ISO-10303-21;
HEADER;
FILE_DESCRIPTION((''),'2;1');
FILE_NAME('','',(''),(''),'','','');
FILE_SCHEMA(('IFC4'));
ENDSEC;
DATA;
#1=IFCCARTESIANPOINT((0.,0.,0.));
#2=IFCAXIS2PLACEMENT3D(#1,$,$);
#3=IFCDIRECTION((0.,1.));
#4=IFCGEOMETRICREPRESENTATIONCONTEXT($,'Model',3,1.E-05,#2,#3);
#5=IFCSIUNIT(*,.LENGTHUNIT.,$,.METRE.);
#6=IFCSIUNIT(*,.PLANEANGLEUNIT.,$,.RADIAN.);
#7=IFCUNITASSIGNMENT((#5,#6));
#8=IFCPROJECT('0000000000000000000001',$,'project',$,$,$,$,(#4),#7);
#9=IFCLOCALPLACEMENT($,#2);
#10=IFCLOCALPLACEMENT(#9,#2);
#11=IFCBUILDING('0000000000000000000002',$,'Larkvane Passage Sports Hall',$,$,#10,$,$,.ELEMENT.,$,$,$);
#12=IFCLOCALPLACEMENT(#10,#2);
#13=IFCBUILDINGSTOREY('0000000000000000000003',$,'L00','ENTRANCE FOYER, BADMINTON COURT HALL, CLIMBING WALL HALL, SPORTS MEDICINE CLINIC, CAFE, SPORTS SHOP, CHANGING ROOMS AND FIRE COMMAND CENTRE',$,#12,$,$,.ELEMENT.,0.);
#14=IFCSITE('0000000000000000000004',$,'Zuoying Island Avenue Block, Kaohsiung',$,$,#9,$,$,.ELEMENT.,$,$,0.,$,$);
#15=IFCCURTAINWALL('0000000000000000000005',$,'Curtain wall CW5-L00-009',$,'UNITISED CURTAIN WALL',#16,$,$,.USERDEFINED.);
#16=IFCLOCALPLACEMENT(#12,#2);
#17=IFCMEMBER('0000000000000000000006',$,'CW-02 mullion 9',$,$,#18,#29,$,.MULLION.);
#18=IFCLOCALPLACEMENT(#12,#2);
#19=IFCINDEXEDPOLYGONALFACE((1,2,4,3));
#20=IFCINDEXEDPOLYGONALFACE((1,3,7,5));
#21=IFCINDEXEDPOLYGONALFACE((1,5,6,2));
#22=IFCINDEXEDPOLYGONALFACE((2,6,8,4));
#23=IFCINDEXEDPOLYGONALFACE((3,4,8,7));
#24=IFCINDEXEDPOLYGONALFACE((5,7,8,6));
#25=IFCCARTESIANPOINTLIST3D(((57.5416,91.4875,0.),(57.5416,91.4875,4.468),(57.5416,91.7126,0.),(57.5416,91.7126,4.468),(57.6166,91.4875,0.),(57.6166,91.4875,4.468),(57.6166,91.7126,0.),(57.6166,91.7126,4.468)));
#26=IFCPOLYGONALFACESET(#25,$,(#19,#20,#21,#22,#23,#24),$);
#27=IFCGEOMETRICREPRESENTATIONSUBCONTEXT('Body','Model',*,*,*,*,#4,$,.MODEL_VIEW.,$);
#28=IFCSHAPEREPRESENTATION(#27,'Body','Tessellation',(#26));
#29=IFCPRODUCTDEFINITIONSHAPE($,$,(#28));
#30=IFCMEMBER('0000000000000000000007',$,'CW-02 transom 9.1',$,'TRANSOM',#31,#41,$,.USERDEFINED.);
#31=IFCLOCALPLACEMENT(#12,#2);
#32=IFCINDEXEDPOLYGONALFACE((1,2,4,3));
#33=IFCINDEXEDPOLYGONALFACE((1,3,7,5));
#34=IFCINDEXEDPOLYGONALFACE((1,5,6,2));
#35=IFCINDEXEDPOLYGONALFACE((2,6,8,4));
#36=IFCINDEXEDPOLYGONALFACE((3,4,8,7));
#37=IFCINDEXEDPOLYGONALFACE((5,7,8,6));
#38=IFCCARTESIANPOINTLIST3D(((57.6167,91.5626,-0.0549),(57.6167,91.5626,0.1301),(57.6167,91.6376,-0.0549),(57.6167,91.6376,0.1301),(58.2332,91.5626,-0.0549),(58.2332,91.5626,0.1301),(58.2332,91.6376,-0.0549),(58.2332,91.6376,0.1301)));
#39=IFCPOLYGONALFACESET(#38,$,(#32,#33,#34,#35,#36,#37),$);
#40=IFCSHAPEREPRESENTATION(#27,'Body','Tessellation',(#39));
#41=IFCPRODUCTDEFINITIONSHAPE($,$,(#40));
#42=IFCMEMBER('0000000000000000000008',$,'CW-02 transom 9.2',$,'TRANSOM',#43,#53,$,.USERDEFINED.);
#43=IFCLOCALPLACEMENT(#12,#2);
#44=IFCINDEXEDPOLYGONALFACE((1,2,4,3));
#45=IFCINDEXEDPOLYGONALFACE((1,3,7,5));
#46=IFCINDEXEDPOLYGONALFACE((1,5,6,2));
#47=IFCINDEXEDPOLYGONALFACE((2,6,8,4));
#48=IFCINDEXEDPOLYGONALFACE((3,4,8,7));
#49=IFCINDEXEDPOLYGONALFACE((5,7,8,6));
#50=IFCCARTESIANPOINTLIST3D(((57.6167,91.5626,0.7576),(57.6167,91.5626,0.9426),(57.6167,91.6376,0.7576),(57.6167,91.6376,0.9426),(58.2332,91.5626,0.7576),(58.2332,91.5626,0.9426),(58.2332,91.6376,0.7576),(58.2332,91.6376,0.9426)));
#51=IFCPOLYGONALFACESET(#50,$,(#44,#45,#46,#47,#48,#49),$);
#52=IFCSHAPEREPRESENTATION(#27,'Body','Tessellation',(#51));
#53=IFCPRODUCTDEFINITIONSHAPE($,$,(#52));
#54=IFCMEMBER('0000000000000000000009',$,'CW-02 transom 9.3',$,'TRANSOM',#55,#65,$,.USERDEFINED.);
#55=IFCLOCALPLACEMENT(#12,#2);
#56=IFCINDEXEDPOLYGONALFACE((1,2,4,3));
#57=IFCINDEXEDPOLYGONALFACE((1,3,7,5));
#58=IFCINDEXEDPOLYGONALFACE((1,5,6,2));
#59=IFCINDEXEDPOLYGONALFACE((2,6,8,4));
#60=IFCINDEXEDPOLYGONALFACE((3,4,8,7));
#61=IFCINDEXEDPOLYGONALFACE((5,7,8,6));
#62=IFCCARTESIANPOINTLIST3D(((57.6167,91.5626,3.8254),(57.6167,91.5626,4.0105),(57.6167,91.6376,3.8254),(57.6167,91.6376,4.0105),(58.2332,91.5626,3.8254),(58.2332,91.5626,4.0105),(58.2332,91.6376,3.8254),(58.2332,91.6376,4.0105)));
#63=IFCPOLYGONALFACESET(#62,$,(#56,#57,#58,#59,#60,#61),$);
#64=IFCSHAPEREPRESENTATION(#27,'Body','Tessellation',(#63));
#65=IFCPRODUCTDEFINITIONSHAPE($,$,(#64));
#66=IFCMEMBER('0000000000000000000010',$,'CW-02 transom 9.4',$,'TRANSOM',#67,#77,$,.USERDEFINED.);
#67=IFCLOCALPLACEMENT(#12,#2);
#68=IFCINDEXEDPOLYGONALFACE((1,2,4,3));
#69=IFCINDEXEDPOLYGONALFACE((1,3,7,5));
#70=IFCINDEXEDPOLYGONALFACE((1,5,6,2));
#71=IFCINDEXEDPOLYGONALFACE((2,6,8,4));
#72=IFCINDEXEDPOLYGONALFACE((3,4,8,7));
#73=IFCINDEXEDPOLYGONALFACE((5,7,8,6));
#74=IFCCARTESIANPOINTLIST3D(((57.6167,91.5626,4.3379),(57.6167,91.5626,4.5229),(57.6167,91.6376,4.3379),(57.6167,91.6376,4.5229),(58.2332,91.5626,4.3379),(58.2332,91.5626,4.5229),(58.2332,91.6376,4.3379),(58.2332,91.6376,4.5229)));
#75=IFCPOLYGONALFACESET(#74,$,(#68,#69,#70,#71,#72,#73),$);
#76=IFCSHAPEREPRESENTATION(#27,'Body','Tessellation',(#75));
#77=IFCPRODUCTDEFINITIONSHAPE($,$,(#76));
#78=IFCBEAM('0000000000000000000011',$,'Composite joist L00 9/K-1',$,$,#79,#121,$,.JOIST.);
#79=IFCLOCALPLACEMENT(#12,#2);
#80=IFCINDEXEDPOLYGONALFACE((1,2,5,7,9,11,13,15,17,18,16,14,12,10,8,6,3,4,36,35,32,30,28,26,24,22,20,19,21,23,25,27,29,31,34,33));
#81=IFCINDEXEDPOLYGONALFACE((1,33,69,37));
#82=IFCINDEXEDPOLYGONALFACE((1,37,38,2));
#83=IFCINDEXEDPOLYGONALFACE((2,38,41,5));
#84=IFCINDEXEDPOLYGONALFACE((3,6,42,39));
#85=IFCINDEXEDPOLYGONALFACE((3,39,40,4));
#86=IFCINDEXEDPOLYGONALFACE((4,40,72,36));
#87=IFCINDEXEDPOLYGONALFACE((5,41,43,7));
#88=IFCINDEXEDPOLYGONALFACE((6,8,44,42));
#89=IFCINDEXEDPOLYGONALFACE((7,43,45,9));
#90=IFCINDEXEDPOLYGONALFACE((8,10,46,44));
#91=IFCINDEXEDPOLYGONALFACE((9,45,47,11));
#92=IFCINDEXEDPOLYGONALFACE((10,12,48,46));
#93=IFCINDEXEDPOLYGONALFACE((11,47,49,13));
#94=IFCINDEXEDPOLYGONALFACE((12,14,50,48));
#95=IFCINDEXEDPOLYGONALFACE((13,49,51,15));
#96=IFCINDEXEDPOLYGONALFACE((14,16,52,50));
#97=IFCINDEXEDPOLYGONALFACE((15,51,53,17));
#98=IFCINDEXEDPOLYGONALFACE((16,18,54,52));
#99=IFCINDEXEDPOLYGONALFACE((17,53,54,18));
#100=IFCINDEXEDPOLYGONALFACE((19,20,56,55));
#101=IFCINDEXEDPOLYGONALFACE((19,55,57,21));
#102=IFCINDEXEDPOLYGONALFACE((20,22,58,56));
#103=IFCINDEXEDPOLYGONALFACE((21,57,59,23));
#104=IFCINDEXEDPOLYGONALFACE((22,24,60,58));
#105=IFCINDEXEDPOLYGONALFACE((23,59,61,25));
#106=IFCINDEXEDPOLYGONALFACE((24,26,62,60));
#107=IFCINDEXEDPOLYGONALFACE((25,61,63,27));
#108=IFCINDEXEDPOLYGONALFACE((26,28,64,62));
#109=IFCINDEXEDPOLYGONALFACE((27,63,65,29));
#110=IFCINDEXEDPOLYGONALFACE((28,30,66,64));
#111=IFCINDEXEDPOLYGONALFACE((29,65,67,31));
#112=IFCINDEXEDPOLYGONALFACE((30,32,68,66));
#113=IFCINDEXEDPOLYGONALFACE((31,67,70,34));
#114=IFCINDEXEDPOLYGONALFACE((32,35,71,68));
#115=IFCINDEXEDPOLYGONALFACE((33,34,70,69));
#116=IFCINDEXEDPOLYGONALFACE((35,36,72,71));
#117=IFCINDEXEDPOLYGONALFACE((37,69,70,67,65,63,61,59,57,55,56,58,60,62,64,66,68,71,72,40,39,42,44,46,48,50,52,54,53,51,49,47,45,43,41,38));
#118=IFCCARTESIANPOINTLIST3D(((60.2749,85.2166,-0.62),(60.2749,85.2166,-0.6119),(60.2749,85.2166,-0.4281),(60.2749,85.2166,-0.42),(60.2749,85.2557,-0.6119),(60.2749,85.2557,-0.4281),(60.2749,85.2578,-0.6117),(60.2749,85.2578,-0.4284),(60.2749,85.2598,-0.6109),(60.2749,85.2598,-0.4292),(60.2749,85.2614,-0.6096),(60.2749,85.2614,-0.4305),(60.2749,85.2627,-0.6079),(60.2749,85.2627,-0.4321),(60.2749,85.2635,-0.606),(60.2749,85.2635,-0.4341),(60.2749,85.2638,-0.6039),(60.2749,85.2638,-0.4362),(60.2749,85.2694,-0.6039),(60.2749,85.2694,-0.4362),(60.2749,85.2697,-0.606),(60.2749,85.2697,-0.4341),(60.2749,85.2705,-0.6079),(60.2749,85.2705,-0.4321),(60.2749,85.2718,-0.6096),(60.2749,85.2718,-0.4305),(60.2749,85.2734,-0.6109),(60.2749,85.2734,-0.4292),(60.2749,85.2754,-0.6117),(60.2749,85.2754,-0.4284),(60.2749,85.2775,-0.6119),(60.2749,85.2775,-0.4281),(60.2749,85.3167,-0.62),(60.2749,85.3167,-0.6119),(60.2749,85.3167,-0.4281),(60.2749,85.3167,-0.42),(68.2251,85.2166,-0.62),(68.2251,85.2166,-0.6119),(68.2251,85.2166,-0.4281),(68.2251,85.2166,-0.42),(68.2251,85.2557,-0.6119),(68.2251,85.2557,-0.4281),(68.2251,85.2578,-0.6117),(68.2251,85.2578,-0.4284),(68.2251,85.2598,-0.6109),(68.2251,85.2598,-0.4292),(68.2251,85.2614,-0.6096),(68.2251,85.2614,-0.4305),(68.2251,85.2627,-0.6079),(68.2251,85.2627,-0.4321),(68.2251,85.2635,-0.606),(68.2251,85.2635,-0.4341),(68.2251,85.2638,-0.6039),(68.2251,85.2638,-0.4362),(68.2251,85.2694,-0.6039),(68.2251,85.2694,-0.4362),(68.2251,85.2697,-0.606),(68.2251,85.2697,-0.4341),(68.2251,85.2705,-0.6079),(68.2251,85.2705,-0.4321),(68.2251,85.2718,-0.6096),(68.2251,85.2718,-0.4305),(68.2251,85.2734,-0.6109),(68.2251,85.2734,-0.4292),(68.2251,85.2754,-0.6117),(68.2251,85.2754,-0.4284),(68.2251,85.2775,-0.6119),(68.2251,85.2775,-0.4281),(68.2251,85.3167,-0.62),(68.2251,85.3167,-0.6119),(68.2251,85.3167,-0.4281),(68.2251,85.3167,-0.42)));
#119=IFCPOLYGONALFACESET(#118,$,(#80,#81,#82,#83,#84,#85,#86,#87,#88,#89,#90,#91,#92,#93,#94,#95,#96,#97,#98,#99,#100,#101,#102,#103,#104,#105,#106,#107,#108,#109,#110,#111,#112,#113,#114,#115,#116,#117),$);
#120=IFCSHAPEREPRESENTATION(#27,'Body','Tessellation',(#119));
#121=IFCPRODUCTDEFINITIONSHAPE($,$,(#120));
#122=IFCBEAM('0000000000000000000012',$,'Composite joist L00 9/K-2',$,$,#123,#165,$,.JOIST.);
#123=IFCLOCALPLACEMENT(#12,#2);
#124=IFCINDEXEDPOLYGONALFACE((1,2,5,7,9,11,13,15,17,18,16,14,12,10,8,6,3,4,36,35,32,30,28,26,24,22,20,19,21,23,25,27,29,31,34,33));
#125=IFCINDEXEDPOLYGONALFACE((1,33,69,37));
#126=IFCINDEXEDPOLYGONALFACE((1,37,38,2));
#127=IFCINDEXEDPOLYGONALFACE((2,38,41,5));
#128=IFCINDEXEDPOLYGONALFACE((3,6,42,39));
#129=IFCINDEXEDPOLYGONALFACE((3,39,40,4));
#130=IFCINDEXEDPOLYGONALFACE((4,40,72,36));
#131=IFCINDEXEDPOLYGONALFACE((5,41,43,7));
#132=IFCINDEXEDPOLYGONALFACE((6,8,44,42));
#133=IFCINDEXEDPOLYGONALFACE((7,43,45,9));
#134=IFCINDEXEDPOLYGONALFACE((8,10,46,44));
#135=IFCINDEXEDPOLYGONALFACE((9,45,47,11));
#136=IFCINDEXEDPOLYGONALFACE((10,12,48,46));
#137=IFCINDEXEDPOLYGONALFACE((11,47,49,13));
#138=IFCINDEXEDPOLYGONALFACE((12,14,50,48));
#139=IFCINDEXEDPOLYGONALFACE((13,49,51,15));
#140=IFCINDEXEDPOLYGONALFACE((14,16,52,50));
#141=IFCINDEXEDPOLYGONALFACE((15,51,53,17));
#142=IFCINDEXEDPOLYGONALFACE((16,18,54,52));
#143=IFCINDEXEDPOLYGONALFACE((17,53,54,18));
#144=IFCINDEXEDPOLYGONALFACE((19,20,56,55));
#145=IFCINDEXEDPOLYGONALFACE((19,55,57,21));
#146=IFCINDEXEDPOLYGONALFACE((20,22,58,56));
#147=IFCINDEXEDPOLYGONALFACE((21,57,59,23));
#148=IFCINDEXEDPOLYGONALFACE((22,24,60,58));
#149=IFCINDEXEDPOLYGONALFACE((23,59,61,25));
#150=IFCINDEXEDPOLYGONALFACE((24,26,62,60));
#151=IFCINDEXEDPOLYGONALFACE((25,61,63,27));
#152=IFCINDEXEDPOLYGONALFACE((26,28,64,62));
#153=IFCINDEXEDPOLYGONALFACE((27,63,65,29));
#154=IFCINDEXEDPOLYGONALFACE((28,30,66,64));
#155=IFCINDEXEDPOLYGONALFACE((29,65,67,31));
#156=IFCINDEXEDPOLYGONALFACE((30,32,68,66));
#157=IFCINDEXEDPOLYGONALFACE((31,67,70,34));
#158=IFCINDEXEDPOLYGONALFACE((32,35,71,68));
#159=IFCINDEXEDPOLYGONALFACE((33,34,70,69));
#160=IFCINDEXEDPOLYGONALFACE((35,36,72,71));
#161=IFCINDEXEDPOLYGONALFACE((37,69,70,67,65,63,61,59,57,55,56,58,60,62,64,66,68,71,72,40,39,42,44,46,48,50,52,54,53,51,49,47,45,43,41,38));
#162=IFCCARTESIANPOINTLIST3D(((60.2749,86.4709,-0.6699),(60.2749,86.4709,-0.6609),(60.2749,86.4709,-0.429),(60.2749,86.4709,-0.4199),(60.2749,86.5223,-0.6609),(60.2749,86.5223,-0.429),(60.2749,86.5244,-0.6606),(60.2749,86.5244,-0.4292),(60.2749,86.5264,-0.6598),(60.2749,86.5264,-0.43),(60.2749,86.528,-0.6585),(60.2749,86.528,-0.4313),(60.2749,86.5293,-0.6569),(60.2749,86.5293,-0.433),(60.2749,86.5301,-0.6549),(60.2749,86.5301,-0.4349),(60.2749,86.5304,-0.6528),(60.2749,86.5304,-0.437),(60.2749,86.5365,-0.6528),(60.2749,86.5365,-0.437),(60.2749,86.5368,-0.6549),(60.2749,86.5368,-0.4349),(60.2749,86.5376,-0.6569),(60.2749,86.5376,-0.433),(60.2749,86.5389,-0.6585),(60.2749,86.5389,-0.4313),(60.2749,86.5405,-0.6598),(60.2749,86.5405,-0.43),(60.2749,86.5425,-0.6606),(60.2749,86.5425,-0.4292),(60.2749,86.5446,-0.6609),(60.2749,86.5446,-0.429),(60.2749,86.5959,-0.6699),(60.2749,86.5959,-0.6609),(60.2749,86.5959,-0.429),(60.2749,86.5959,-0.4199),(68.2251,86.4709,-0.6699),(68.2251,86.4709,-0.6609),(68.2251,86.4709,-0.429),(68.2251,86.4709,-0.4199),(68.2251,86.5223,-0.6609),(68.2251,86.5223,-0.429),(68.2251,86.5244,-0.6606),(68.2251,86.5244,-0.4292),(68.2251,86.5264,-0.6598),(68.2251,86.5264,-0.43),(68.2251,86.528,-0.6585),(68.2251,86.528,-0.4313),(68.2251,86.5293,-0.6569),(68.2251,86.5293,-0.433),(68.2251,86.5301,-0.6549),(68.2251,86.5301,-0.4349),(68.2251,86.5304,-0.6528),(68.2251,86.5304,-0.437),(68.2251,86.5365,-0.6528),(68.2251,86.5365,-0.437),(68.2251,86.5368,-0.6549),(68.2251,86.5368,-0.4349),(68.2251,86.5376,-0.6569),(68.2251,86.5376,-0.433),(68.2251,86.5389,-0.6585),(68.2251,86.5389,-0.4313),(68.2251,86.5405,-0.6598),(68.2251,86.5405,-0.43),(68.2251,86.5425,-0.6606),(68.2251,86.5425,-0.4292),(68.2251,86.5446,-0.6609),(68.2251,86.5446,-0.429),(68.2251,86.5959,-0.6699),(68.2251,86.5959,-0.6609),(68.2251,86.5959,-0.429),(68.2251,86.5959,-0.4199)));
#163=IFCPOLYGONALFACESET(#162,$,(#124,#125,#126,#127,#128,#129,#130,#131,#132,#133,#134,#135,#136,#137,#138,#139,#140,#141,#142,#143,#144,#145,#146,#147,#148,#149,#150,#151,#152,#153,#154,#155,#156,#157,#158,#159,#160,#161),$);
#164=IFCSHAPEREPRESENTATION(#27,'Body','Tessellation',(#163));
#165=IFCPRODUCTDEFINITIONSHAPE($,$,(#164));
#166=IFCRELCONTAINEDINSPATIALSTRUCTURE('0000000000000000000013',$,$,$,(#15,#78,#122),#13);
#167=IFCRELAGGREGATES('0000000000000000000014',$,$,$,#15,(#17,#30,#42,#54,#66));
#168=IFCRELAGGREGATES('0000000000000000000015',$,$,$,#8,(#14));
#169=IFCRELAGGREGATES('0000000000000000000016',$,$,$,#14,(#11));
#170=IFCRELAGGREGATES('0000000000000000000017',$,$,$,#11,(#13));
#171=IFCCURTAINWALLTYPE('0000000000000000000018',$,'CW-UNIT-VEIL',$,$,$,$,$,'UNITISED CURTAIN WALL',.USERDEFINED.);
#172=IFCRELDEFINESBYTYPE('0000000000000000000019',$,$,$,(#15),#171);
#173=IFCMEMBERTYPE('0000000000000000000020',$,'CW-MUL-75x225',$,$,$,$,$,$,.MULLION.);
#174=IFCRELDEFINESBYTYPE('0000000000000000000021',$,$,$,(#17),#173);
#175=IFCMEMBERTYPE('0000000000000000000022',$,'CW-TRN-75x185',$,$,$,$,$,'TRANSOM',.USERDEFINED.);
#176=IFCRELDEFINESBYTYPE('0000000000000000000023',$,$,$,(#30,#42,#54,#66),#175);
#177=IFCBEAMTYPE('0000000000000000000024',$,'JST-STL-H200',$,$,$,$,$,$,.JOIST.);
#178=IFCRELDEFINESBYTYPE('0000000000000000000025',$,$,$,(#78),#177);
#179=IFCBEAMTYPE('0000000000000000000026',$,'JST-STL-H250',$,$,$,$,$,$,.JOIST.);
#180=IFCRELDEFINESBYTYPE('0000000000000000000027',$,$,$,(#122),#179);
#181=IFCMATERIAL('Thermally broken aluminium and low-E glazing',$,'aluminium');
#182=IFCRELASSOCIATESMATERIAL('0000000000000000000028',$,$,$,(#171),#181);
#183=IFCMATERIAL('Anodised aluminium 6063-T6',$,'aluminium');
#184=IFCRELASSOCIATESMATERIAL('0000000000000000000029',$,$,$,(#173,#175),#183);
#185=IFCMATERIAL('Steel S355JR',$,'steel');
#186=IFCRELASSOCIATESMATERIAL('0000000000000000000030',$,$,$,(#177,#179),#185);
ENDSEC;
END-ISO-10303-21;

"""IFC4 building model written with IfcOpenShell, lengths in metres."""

from ifc_helpers import new_model, si_unit, direction, frame, origin, origin_2d, place, context, subcontext, project, spatial, rectangle, i_section, extrude, material, material_profile, profile_set, type_object, element, aggregate, save


model = new_model("IFC4")

# Units and contexts
model_context = context("Model", 3, precision=1e-05, world=origin(), true_north=direction((0.0, 1.0)))
body_context = subcontext(model_context, "Body", "Model", "MODEL_VIEW")
ifc_project = project(units=[si_unit("LENGTHUNIT", "METRE"), si_unit("PLANEANGLEUNIT", "RADIAN")], contexts=[model_context])

# Site, building, storey
site_placement = place(None, origin())
site = spatial("IfcSite", under=ifc_project, at=site_placement, Name="Zuoying Island Avenue Block, Kaohsiung", CompositionType="ELEMENT", RefElevation=0.0)
building_placement = place(site_placement, origin())
building = spatial("IfcBuilding", under=site, at=building_placement, Name="Larkvane Passage Sports Hall", CompositionType="ELEMENT")
storey_placement = place(building_placement, origin())
storey = spatial("IfcBuildingStorey", under=building, at=storey_placement, Name="L00", Description="ENTRANCE FOYER, BADMINTON COURT HALL, CLIMBING WALL HALL, SPORTS MEDICINE CLINIC, CAFE, SPORTS SHOP, CHANGING ROOMS AND FIRE COMMAND CENTRE", CompositionType="ELEMENT", Elevation=0.0)

# Curtain wall, members
ifc_material_1 = material(Name="Thermally broken aluminium and low-E glazing", Category="aluminium")
curtain_wall_type = type_object("IfcCurtainWallType", Name="CW-UNIT-VEIL", ElementType="UNITISED CURTAIN WALL", PredefinedType="USERDEFINED", material=ifc_material_1)
curtain_wall_placement = place(storey_placement, origin())
curtain_wall = element("IfcCurtainWall", 1, at=curtain_wall_placement, inside=storey, type_object=curtain_wall_type, Name="Curtain wall CW5-L00-009", ObjectType="UNITISED CURTAIN WALL", PredefinedType="USERDEFINED")
ifc_material_2 = material(Name="Anodised aluminium 6063-T6", Category="aluminium")
ifc_material_profile_1 = material_profile(ifc_material_2, rectangle(XDim=0.075, YDim=0.2251, at=origin_2d()), Name="ALU-MUL-75x225")
ifc_profile_set_1 = profile_set([ifc_material_profile_1], Name="Anodised aluminium 6063-T6")
member_type_1 = type_object("IfcMemberType", Name="CW-MUL-75x225", PredefinedType="MULLION", material=ifc_profile_set_1)
member_1_placement = place(storey_placement, frame((57.5791, 91.6001, 0.0), z_axis=(0.0, 0.0, 1.0), x_axis=(1.0, 0.0, 0.0)))
member_1 = element("IfcMember", 2, at=member_1_placement, type_object=member_type_1, Name="CW-02 mullion 9", PredefinedType="MULLION", context=body_context, shape_type="SweptSolid", body=[
    extrude(rectangle(XDim=0.075, YDim=0.2251, at=origin_2d()), origin(), (0.0, 0.0, 1.0), 4.468),
])
ifc_material_profile_2 = material_profile(ifc_material_2, rectangle(XDim=0.075, YDim=0.1851, at=origin_2d()), Name="ALU-TRN-75x185")
ifc_profile_set_2 = profile_set([ifc_material_profile_2], Name="Anodised aluminium 6063-T6")
member_type_2 = type_object("IfcMemberType", Name="CW-TRN-75x185", ElementType="TRANSOM", PredefinedType="USERDEFINED", material=ifc_profile_set_2)
member_2_placement = place(storey_placement, frame((57.6167, 91.6001, 0.0376), z_axis=(1.0, 0.0, 0.0), x_axis=(0.0, 1.0, 0.0)))
member_2 = element("IfcMember", 3, at=member_2_placement, type_object=member_type_2, Name="CW-02 transom 9.1", ObjectType="TRANSOM", PredefinedType="USERDEFINED", context=body_context, shape_type="SweptSolid", body=[
    extrude(rectangle(XDim=0.075, YDim=0.1851, at=origin_2d()), origin(), (0.0, 0.0, 1.0), 0.6165),
])
member_3_placement = place(storey_placement, frame((57.6167, 91.6001, 0.8501), z_axis=(1.0, 0.0, 0.0), x_axis=(0.0, 1.0, 0.0)))
member_3 = element("IfcMember", 4, at=member_3_placement, type_object=member_type_2, Name="CW-02 transom 9.2", ObjectType="TRANSOM", PredefinedType="USERDEFINED", context=body_context, shape_type="SweptSolid", body=[
    extrude(rectangle(XDim=0.075, YDim=0.1851, at=origin_2d()), origin(), (0.0, 0.0, 1.0), 0.6165),
])
member_4_placement = place(storey_placement, frame((57.6167, 91.6001, 3.918), z_axis=(1.0, 0.0, 0.0), x_axis=(0.0, 1.0, 0.0)))
member_4 = element("IfcMember", 5, at=member_4_placement, type_object=member_type_2, Name="CW-02 transom 9.3", ObjectType="TRANSOM", PredefinedType="USERDEFINED", context=body_context, shape_type="SweptSolid", body=[
    extrude(rectangle(XDim=0.075, YDim=0.1851, at=origin_2d()), origin(), (0.0, 0.0, 1.0), 0.6165),
])
member_5_placement = place(storey_placement, frame((57.6167, 91.6001, 4.4304), z_axis=(1.0, 0.0, 0.0), x_axis=(0.0, 1.0, 0.0)))
member_5 = element("IfcMember", 6, at=member_5_placement, type_object=member_type_2, Name="CW-02 transom 9.4", ObjectType="TRANSOM", PredefinedType="USERDEFINED", context=body_context, shape_type="SweptSolid", body=[
    extrude(rectangle(XDim=0.075, YDim=0.1851, at=origin_2d()), origin(), (0.0, 0.0, 1.0), 0.6165),
])

# Beams
ifc_material_3 = material(Name="Steel S355JR", Category="steel")
ifc_material_profile_3 = material_profile(ifc_material_3, i_section(OverallWidth=0.1001, OverallDepth=0.2, WebThickness=0.0056, FlangeThickness=0.0081, FilletRadius=0.0081, at=origin_2d()), Name="H-200x100x5.5x8")
ifc_profile_set_3 = profile_set([ifc_material_profile_3], Name="Steel S355JR")
beam_type_1 = type_object("IfcBeamType", Name="JST-STL-H200", PredefinedType="JOIST", material=ifc_profile_set_3)
beam_1_placement = place(storey_placement, frame((60.2749, 85.2666, -0.52), z_axis=(1.0, 0.0, 0.0), x_axis=(0.0, 1.0, 0.0)))
element("IfcBeam", 7, at=beam_1_placement, inside=storey, type_object=beam_type_1, Name="Composite joist L00 9/K-1", PredefinedType="JOIST", context=body_context, shape_type="SweptSolid", body=[
    extrude(i_section(OverallWidth=0.1001, OverallDepth=0.2, WebThickness=0.0056, FlangeThickness=0.0081, FilletRadius=0.0081, at=origin_2d()), origin(), (0.0, 0.0, 1.0), 7.9502),
])
ifc_material_profile_4 = material_profile(ifc_material_3, i_section(OverallWidth=0.125, OverallDepth=0.25, WebThickness=0.0061, FlangeThickness=0.009, FilletRadius=0.0081, at=origin_2d()), Name="H-250x125x6x9")
ifc_profile_set_4 = profile_set([ifc_material_profile_4], Name="Steel S355JR")
beam_type_2 = type_object("IfcBeamType", Name="JST-STL-H250", PredefinedType="JOIST", material=ifc_profile_set_4)
beam_2_placement = place(storey_placement, frame((60.2749, 86.5334, -0.5449), z_axis=(1.0, 0.0, 0.0), x_axis=(0.0, 1.0, 0.0)))
element("IfcBeam", 8, at=beam_2_placement, inside=storey, type_object=beam_type_2, Name="Composite joist L00 9/K-2", PredefinedType="JOIST", context=body_context, shape_type="SweptSolid", body=[
    extrude(i_section(OverallWidth=0.125, OverallDepth=0.25, WebThickness=0.0061, FlangeThickness=0.009, FilletRadius=0.0081, at=origin_2d()), origin(), (0.0, 0.0, 1.0), 7.9502),
])

aggregate(curtain_wall, [member_1, member_2, member_3, member_4, member_5])

save(model, "model.ifc")
